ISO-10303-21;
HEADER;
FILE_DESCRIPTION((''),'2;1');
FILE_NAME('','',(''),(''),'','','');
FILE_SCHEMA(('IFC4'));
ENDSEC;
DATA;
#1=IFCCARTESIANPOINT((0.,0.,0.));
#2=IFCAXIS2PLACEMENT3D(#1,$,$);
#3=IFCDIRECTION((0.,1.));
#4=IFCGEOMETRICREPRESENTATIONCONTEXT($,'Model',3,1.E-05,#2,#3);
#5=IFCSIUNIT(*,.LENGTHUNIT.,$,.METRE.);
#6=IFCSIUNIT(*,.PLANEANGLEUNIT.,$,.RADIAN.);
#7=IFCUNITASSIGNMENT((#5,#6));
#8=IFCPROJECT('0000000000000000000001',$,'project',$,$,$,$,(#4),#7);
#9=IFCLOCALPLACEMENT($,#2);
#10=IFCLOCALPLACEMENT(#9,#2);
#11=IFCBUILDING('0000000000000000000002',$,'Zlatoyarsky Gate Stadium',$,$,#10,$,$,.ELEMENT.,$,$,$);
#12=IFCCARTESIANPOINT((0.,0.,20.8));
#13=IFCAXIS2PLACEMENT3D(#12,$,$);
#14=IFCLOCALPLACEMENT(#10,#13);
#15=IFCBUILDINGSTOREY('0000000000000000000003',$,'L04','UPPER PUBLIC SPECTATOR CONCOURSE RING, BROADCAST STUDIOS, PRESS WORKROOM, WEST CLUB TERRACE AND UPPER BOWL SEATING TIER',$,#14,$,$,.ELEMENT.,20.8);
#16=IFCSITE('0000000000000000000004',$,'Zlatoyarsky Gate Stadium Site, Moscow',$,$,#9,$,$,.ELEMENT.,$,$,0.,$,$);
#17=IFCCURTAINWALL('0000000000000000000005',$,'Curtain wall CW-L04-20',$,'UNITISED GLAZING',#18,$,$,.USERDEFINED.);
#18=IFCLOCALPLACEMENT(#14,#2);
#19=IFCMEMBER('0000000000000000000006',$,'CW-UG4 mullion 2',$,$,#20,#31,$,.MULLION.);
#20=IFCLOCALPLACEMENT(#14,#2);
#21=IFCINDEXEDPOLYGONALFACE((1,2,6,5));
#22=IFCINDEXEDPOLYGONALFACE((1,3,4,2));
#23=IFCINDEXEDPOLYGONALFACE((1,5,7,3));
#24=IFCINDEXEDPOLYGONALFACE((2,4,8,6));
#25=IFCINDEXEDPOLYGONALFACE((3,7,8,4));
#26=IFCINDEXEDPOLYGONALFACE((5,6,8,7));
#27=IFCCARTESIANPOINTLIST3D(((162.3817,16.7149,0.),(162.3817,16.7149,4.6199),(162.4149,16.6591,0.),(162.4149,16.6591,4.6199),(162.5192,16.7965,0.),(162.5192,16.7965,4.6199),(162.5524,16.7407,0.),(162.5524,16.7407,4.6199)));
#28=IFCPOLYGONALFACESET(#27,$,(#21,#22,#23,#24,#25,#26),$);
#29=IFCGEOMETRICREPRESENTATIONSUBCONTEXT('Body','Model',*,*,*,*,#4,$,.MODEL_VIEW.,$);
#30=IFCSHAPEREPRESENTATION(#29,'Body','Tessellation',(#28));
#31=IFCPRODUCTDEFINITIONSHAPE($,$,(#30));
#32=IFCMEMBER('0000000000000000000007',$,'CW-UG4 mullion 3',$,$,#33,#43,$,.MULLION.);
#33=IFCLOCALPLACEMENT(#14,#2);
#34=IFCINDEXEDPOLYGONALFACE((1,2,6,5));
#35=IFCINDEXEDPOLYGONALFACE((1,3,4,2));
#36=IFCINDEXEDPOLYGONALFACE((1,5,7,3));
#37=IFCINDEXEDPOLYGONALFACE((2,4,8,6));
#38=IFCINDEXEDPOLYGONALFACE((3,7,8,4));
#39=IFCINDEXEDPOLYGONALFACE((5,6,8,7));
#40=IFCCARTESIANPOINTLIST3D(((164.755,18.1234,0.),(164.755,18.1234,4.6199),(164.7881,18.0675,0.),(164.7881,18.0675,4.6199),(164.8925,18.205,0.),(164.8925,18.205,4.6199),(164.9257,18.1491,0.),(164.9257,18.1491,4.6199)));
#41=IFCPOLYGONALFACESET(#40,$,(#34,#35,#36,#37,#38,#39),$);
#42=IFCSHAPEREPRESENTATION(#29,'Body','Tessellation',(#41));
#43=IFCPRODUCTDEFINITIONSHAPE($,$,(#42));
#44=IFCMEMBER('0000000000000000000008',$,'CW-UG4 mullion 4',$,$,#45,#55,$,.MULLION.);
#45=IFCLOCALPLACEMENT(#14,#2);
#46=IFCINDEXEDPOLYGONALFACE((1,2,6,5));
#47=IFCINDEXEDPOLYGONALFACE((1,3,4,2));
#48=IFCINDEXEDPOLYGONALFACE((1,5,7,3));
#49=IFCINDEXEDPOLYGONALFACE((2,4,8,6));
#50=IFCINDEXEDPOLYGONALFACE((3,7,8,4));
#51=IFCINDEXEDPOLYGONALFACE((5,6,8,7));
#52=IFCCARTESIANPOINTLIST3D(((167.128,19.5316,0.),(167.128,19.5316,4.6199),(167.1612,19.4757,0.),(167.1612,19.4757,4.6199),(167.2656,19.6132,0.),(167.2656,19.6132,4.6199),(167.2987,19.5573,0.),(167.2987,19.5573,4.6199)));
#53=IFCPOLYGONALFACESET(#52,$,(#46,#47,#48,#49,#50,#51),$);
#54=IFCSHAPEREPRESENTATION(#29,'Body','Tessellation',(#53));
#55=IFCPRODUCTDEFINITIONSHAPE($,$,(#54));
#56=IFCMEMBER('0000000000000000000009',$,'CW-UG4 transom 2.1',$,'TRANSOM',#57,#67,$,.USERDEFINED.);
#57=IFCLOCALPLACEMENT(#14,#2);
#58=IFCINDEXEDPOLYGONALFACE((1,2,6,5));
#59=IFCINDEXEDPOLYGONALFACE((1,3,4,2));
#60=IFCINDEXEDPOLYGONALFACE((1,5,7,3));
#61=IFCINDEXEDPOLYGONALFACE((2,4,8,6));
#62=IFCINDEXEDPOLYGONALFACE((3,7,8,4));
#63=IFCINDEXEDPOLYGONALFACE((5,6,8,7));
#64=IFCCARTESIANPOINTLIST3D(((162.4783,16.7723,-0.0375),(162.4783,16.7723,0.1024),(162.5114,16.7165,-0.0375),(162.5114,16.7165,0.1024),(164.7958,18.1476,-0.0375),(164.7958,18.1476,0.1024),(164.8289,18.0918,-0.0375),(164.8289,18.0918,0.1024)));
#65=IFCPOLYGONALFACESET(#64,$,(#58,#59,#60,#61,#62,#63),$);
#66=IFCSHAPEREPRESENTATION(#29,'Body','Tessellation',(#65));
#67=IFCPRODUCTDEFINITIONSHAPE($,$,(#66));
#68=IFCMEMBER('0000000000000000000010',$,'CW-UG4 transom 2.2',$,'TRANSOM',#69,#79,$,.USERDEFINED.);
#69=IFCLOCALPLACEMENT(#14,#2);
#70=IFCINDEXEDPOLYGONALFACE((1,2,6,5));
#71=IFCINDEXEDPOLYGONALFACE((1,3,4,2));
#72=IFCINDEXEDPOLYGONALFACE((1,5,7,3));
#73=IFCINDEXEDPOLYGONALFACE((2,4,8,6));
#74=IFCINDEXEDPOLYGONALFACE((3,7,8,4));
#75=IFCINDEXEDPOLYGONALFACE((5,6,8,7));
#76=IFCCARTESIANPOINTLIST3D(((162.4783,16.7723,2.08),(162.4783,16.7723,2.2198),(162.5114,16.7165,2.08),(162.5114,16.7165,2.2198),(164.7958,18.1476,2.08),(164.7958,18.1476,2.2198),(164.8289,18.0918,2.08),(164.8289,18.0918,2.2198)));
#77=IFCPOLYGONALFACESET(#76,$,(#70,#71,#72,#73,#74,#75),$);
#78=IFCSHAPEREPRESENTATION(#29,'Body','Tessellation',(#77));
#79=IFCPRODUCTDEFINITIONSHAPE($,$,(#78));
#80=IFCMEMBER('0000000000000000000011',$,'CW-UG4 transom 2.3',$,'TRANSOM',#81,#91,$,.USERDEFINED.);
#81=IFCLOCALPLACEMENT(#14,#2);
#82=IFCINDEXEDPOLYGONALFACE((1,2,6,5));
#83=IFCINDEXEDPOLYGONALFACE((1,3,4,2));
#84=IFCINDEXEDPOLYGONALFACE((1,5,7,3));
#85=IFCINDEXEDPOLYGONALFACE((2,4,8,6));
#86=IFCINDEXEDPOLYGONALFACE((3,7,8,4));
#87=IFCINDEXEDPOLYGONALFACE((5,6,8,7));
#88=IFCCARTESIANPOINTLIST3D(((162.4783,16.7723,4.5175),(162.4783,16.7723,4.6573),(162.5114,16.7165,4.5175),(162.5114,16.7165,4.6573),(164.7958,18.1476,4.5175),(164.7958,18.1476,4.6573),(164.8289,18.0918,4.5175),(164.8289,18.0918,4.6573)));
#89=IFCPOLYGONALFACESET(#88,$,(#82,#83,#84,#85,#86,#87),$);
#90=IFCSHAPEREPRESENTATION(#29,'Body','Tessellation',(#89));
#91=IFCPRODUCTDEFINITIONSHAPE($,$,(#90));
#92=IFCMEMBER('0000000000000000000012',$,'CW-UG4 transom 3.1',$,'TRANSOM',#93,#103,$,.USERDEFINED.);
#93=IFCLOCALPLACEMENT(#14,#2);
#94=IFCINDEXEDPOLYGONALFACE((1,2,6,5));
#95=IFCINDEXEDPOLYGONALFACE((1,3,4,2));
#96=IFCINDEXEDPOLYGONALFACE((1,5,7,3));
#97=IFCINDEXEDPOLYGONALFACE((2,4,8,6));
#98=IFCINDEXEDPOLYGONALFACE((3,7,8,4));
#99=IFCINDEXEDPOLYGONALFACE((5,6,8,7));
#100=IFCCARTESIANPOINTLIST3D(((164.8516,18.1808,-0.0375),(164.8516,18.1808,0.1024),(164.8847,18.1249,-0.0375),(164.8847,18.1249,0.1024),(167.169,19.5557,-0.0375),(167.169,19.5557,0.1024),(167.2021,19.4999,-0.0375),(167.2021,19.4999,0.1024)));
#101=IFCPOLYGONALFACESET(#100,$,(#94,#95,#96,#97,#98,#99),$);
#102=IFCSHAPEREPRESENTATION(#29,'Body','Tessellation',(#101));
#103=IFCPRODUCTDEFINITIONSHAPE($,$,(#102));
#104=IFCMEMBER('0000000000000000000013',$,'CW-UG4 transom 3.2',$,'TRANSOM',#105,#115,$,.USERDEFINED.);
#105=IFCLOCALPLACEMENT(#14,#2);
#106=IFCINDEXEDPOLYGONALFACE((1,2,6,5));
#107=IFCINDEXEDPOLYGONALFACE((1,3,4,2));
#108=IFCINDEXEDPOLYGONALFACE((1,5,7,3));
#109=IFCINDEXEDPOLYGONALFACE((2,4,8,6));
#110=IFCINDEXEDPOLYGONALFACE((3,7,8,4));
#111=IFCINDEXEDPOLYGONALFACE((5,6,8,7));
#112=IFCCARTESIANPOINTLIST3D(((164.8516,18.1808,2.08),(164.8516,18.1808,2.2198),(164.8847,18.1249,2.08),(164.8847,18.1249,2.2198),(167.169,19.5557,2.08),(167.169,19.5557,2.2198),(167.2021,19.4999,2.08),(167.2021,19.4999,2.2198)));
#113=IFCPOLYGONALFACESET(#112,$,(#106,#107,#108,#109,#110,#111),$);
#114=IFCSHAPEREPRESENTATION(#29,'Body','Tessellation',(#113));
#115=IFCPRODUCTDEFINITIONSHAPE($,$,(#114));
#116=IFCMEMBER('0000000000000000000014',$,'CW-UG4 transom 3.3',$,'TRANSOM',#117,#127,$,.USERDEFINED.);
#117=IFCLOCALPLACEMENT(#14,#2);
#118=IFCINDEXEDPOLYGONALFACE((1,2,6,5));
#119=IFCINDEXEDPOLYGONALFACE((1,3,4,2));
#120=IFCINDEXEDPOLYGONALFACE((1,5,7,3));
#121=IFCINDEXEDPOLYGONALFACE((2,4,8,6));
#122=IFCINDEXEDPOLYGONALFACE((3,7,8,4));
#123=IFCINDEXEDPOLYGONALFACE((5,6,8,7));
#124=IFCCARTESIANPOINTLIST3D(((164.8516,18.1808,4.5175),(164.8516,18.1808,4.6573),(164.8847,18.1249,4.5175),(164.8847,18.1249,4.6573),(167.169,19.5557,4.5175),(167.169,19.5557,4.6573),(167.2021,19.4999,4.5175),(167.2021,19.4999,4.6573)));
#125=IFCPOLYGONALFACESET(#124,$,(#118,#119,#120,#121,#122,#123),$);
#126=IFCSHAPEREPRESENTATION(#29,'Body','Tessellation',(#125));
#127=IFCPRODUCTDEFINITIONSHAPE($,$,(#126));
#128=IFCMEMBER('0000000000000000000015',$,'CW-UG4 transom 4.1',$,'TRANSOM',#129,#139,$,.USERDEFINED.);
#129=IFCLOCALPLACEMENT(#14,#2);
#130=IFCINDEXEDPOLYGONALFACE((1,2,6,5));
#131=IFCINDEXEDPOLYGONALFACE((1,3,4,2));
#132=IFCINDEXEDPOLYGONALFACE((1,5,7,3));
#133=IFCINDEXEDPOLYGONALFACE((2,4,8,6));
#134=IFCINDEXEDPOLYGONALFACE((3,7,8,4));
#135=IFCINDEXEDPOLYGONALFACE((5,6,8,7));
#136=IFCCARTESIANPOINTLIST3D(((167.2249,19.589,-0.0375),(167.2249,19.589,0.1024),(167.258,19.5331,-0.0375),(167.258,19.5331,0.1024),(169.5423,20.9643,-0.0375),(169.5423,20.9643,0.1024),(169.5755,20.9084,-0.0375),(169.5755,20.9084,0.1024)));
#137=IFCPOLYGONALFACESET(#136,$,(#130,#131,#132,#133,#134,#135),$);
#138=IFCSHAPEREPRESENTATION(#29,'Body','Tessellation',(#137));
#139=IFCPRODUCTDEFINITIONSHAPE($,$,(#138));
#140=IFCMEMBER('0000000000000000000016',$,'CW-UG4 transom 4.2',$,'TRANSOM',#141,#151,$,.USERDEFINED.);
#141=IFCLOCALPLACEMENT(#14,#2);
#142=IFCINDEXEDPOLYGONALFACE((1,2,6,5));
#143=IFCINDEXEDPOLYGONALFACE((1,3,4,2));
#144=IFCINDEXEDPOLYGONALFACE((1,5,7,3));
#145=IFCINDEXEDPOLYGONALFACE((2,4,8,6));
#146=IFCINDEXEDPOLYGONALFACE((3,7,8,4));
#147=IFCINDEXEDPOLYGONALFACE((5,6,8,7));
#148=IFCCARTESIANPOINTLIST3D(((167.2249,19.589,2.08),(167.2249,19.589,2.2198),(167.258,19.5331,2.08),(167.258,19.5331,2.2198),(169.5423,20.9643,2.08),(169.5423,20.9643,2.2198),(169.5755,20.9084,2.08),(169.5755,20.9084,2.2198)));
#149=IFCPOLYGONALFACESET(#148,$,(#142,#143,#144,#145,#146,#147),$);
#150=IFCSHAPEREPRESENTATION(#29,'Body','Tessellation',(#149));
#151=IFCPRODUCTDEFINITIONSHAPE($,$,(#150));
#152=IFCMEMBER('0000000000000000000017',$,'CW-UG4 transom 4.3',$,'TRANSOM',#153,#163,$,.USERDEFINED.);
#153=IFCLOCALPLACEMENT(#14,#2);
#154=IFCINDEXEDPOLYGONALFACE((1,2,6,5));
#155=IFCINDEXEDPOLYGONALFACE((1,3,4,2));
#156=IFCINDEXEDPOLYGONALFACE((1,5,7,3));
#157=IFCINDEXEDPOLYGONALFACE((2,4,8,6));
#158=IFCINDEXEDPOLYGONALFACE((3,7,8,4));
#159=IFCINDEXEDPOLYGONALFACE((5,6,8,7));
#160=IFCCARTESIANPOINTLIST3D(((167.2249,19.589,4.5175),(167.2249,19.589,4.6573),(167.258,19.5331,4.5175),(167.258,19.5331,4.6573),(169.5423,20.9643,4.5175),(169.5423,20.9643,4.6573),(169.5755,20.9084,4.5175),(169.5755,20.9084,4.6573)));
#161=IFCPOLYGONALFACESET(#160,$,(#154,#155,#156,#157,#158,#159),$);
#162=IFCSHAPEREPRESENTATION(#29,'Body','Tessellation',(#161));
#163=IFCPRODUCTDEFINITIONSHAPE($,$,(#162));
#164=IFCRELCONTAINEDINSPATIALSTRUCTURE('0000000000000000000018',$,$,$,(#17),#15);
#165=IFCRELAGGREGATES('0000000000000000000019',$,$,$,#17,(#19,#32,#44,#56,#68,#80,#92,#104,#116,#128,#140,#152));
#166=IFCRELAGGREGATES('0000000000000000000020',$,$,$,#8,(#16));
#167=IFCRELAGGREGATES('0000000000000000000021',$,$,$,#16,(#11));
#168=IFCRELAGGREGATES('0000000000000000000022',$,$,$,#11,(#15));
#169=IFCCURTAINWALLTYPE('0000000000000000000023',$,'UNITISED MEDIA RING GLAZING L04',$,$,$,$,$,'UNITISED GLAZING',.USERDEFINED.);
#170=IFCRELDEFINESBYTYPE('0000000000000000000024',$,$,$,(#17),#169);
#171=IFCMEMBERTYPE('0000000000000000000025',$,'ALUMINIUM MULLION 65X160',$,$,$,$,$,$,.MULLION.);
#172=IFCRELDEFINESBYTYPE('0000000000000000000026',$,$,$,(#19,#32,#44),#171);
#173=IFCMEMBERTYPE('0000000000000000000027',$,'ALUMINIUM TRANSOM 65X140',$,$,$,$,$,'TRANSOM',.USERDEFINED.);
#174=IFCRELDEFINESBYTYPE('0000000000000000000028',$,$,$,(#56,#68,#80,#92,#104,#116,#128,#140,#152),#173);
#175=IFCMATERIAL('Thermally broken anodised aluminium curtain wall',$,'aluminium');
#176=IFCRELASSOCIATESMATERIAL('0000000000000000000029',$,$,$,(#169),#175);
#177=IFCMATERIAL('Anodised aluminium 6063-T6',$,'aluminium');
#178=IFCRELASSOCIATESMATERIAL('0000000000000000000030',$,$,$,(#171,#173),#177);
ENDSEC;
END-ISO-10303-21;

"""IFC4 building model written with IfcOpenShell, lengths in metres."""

from ifc_helpers import new_model, si_unit, direction, frame, origin, origin_2d, place, context, subcontext, project, spatial, rectangle, extrude, material, material_profile, profile_set, type_object, element, aggregate, save


model = new_model("IFC4")

# Units and contexts
model_context = context("Model", 3, precision=1e-05, world=origin(), true_north=direction((0.0, 1.0)))
body_context = subcontext(model_context, "Body", "Model", "MODEL_VIEW")
ifc_project = project(units=[si_unit("LENGTHUNIT", "METRE"), si_unit("PLANEANGLEUNIT", "RADIAN")], contexts=[model_context])

# Site, building, storey
site_placement = place(None, origin())
site = spatial("IfcSite", under=ifc_project, at=site_placement, Name="Zlatoyarsky Gate Stadium Site, Moscow", CompositionType="ELEMENT", RefElevation=0.0)
building_placement = place(site_placement, origin())
building = spatial("IfcBuilding", under=site, at=building_placement, Name="Zlatoyarsky Gate Stadium", CompositionType="ELEMENT")
storey_placement = place(building_placement, frame((0.0, 0.0, 20.8)))
storey = spatial("IfcBuildingStorey", under=building, at=storey_placement, Name="L04", Description="UPPER PUBLIC SPECTATOR CONCOURSE RING, BROADCAST STUDIOS, PRESS WORKROOM, WEST CLUB TERRACE AND UPPER BOWL SEATING TIER", CompositionType="ELEMENT", Elevation=20.8)

# Curtain wall, members
ifc_material_1 = material(Name="Thermally broken anodised aluminium curtain wall", Category="aluminium")
curtain_wall_type = type_object("IfcCurtainWallType", Name="UNITISED MEDIA RING GLAZING L04", ElementType="UNITISED GLAZING", PredefinedType="USERDEFINED", material=ifc_material_1)
curtain_wall_placement = place(storey_placement, origin())
curtain_wall = element("IfcCurtainWall", 1, at=curtain_wall_placement, inside=storey, type_object=curtain_wall_type, Name="Curtain wall CW-L04-20", ObjectType="UNITISED GLAZING", PredefinedType="USERDEFINED")
ifc_material_2 = material(Name="Anodised aluminium 6063-T6", Category="aluminium")
ifc_material_profile_1 = material_profile(ifc_material_2, rectangle(XDim=0.0649, YDim=0.1599, at=origin_2d()), Name="ALU 65X160")
ifc_profile_set_1 = profile_set([ifc_material_profile_1], Name="Anodised aluminium 6063-T6")
member_type_1 = type_object("IfcMemberType", Name="ALUMINIUM MULLION 65X160", PredefinedType="MULLION", material=ifc_profile_set_1)
member_1_placement = place(storey_placement, frame((162.467, 16.7278, 0.0), z_axis=(0.0, 0.0, 1.0), x_axis=(-0.51033, 0.859978, 0.0)))
member_1 = element("IfcMember", 2, at=member_1_placement, type_object=member_type_1, Name="CW-UG4 mullion 2", PredefinedType="MULLION", context=body_context, shape_type="SweptSolid", body=[
    extrude(rectangle(XDim=0.0649, YDim=0.1599, at=origin_2d()), origin(), (0.0, 0.0, 1.0), 4.6199),
])
member_2_placement = place(storey_placement, frame((164.8403, 18.1362, 0.0), z_axis=(0.0, 0.0, 1.0), x_axis=(-0.51033, 0.859978, 0.0)))
member_2 = element("IfcMember", 3, at=member_2_placement, type_object=member_type_1, Name="CW-UG4 mullion 3", PredefinedType="MULLION", context=body_context, shape_type="SweptSolid", body=[
    extrude(rectangle(XDim=0.0649, YDim=0.1599, at=origin_2d()), origin(), (0.0, 0.0, 1.0), 4.6199),
])
member_3_placement = place(storey_placement, frame((167.2134, 19.5444, 0.0), z_axis=(0.0, 0.0, 1.0), x_axis=(-0.51033, 0.859978, 0.0)))
member_3 = element("IfcMember", 4, at=member_3_placement, type_object=member_type_1, Name="CW-UG4 mullion 4", PredefinedType="MULLION", context=body_context, shape_type="SweptSolid", body=[
    extrude(rectangle(XDim=0.0649, YDim=0.1599, at=origin_2d()), origin(), (0.0, 0.0, 1.0), 4.6199),
])
ifc_material_profile_2 = material_profile(ifc_material_2, rectangle(XDim=0.0649, YDim=0.1399, at=origin_2d()), Name="ALU 65X140")
ifc_profile_set_2 = profile_set([ifc_material_profile_2], Name="Anodised aluminium 6063-T6")
member_type_2 = type_object("IfcMemberType", Name="ALUMINIUM TRANSOM 65X140", ElementType="TRANSOM", PredefinedType="USERDEFINED", material=ifc_profile_set_2)
member_4_placement = place(storey_placement, frame((162.4949, 16.7444, 0.0325), z_axis=(0.859969, 0.510346, 0.0), x_axis=(-0.510346, 0.859969, 0.0)))
member_4 = element("IfcMember", 5, at=member_4_placement, type_object=member_type_2, Name="CW-UG4 transom 2.1", ObjectType="TRANSOM", PredefinedType="USERDEFINED", context=body_context, shape_type="SweptSolid", body=[
    extrude(rectangle(XDim=0.0649, YDim=0.1399, at=origin_2d()), origin(), (0.0, 0.0, 1.0), 2.6948),
])
member_5_placement = place(storey_placement, frame((162.4949, 16.7444, 2.1499), z_axis=(0.859969, 0.510346, 0.0), x_axis=(-0.510346, 0.859969, 0.0)))
member_5 = element("IfcMember", 6, at=member_5_placement, type_object=member_type_2, Name="CW-UG4 transom 2.2", ObjectType="TRANSOM", PredefinedType="USERDEFINED", context=body_context, shape_type="SweptSolid", body=[
    extrude(rectangle(XDim=0.0649, YDim=0.1399, at=origin_2d()), origin(), (0.0, 0.0, 1.0), 2.6948),
])
member_6_placement = place(storey_placement, frame((162.4949, 16.7444, 4.5874), z_axis=(0.859969, 0.510346, 0.0), x_axis=(-0.510346, 0.859969, 0.0)))
member_6 = element("IfcMember", 7, at=member_6_placement, type_object=member_type_2, Name="CW-UG4 transom 2.3", ObjectType="TRANSOM", PredefinedType="USERDEFINED", context=body_context, shape_type="SweptSolid", body=[
    extrude(rectangle(XDim=0.0649, YDim=0.1399, at=origin_2d()), origin(), (0.0, 0.0, 1.0), 2.6948),
])
member_7_placement = place(storey_placement, frame((164.8682, 18.1528, 0.0325), z_axis=(0.860009, 0.510279, 0.0), x_axis=(-0.510279, 0.860009, 0.0)))
member_7 = element("IfcMember", 8, at=member_7_placement, type_object=member_type_2, Name="CW-UG4 transom 3.1", ObjectType="TRANSOM", PredefinedType="USERDEFINED", context=body_context, shape_type="SweptSolid", body=[
    extrude(rectangle(XDim=0.0649, YDim=0.1399, at=origin_2d()), origin(), (0.0, 0.0, 1.0), 2.6946),
])
member_8_placement = place(storey_placement, frame((164.8682, 18.1528, 2.1499), z_axis=(0.860009, 0.510279, 0.0), x_axis=(-0.510279, 0.860009, 0.0)))
member_8 = element("IfcMember", 9, at=member_8_placement, type_object=member_type_2, Name="CW-UG4 transom 3.2", ObjectType="TRANSOM", PredefinedType="USERDEFINED", context=body_context, shape_type="SweptSolid", body=[
    extrude(rectangle(XDim=0.0649, YDim=0.1399, at=origin_2d()), origin(), (0.0, 0.0, 1.0), 2.6946),
])
member_9_placement = place(storey_placement, frame((164.8682, 18.1528, 4.5874), z_axis=(0.860009, 0.510279, 0.0), x_axis=(-0.510279, 0.860009, 0.0)))
member_9 = element("IfcMember", 10, at=member_9_placement, type_object=member_type_2, Name="CW-UG4 transom 3.3", ObjectType="TRANSOM", PredefinedType="USERDEFINED", context=body_context, shape_type="SweptSolid", body=[
    extrude(rectangle(XDim=0.0649, YDim=0.1399, at=origin_2d()), origin(), (0.0, 0.0, 1.0), 2.6946),
])
member_10_placement = place(storey_placement, frame((167.2415, 19.561, 0.0325), z_axis=(0.859969, 0.510346, 0.0), x_axis=(-0.510346, 0.859969, 0.0)))
member_10 = element("IfcMember", 11, at=member_10_placement, type_object=member_type_2, Name="CW-UG4 transom 4.1", ObjectType="TRANSOM", PredefinedType="USERDEFINED", context=body_context, shape_type="SweptSolid", body=[
    extrude(rectangle(XDim=0.0649, YDim=0.1399, at=origin_2d()), origin(), (0.0, 0.0, 1.0), 2.6948),
])
member_11_placement = place(storey_placement, frame((167.2415, 19.561, 2.1499), z_axis=(0.859969, 0.510346, 0.0), x_axis=(-0.510346, 0.859969, 0.0)))
member_11 = element("IfcMember", 12, at=member_11_placement, type_object=member_type_2, Name="CW-UG4 transom 4.2", ObjectType="TRANSOM", PredefinedType="USERDEFINED", context=body_context, shape_type="SweptSolid", body=[
    extrude(rectangle(XDim=0.0649, YDim=0.1399, at=origin_2d()), origin(), (0.0, 0.0, 1.0), 2.6948),
])
member_12_placement = place(storey_placement, frame((167.2415, 19.561, 4.5874), z_axis=(0.859969, 0.510346, 0.0), x_axis=(-0.510346, 0.859969, 0.0)))
member_12 = element("IfcMember", 13, at=member_12_placement, type_object=member_type_2, Name="CW-UG4 transom 4.3", ObjectType="TRANSOM", PredefinedType="USERDEFINED", context=body_context, shape_type="SweptSolid", body=[
    extrude(rectangle(XDim=0.0649, YDim=0.1399, at=origin_2d()), origin(), (0.0, 0.0, 1.0), 2.6948),
])

aggregate(curtain_wall, [member_1, member_2, member_3, member_4, member_5, member_6, member_7, member_8, member_9, member_10, member_11, member_12])

save(model, "model.ifc")
